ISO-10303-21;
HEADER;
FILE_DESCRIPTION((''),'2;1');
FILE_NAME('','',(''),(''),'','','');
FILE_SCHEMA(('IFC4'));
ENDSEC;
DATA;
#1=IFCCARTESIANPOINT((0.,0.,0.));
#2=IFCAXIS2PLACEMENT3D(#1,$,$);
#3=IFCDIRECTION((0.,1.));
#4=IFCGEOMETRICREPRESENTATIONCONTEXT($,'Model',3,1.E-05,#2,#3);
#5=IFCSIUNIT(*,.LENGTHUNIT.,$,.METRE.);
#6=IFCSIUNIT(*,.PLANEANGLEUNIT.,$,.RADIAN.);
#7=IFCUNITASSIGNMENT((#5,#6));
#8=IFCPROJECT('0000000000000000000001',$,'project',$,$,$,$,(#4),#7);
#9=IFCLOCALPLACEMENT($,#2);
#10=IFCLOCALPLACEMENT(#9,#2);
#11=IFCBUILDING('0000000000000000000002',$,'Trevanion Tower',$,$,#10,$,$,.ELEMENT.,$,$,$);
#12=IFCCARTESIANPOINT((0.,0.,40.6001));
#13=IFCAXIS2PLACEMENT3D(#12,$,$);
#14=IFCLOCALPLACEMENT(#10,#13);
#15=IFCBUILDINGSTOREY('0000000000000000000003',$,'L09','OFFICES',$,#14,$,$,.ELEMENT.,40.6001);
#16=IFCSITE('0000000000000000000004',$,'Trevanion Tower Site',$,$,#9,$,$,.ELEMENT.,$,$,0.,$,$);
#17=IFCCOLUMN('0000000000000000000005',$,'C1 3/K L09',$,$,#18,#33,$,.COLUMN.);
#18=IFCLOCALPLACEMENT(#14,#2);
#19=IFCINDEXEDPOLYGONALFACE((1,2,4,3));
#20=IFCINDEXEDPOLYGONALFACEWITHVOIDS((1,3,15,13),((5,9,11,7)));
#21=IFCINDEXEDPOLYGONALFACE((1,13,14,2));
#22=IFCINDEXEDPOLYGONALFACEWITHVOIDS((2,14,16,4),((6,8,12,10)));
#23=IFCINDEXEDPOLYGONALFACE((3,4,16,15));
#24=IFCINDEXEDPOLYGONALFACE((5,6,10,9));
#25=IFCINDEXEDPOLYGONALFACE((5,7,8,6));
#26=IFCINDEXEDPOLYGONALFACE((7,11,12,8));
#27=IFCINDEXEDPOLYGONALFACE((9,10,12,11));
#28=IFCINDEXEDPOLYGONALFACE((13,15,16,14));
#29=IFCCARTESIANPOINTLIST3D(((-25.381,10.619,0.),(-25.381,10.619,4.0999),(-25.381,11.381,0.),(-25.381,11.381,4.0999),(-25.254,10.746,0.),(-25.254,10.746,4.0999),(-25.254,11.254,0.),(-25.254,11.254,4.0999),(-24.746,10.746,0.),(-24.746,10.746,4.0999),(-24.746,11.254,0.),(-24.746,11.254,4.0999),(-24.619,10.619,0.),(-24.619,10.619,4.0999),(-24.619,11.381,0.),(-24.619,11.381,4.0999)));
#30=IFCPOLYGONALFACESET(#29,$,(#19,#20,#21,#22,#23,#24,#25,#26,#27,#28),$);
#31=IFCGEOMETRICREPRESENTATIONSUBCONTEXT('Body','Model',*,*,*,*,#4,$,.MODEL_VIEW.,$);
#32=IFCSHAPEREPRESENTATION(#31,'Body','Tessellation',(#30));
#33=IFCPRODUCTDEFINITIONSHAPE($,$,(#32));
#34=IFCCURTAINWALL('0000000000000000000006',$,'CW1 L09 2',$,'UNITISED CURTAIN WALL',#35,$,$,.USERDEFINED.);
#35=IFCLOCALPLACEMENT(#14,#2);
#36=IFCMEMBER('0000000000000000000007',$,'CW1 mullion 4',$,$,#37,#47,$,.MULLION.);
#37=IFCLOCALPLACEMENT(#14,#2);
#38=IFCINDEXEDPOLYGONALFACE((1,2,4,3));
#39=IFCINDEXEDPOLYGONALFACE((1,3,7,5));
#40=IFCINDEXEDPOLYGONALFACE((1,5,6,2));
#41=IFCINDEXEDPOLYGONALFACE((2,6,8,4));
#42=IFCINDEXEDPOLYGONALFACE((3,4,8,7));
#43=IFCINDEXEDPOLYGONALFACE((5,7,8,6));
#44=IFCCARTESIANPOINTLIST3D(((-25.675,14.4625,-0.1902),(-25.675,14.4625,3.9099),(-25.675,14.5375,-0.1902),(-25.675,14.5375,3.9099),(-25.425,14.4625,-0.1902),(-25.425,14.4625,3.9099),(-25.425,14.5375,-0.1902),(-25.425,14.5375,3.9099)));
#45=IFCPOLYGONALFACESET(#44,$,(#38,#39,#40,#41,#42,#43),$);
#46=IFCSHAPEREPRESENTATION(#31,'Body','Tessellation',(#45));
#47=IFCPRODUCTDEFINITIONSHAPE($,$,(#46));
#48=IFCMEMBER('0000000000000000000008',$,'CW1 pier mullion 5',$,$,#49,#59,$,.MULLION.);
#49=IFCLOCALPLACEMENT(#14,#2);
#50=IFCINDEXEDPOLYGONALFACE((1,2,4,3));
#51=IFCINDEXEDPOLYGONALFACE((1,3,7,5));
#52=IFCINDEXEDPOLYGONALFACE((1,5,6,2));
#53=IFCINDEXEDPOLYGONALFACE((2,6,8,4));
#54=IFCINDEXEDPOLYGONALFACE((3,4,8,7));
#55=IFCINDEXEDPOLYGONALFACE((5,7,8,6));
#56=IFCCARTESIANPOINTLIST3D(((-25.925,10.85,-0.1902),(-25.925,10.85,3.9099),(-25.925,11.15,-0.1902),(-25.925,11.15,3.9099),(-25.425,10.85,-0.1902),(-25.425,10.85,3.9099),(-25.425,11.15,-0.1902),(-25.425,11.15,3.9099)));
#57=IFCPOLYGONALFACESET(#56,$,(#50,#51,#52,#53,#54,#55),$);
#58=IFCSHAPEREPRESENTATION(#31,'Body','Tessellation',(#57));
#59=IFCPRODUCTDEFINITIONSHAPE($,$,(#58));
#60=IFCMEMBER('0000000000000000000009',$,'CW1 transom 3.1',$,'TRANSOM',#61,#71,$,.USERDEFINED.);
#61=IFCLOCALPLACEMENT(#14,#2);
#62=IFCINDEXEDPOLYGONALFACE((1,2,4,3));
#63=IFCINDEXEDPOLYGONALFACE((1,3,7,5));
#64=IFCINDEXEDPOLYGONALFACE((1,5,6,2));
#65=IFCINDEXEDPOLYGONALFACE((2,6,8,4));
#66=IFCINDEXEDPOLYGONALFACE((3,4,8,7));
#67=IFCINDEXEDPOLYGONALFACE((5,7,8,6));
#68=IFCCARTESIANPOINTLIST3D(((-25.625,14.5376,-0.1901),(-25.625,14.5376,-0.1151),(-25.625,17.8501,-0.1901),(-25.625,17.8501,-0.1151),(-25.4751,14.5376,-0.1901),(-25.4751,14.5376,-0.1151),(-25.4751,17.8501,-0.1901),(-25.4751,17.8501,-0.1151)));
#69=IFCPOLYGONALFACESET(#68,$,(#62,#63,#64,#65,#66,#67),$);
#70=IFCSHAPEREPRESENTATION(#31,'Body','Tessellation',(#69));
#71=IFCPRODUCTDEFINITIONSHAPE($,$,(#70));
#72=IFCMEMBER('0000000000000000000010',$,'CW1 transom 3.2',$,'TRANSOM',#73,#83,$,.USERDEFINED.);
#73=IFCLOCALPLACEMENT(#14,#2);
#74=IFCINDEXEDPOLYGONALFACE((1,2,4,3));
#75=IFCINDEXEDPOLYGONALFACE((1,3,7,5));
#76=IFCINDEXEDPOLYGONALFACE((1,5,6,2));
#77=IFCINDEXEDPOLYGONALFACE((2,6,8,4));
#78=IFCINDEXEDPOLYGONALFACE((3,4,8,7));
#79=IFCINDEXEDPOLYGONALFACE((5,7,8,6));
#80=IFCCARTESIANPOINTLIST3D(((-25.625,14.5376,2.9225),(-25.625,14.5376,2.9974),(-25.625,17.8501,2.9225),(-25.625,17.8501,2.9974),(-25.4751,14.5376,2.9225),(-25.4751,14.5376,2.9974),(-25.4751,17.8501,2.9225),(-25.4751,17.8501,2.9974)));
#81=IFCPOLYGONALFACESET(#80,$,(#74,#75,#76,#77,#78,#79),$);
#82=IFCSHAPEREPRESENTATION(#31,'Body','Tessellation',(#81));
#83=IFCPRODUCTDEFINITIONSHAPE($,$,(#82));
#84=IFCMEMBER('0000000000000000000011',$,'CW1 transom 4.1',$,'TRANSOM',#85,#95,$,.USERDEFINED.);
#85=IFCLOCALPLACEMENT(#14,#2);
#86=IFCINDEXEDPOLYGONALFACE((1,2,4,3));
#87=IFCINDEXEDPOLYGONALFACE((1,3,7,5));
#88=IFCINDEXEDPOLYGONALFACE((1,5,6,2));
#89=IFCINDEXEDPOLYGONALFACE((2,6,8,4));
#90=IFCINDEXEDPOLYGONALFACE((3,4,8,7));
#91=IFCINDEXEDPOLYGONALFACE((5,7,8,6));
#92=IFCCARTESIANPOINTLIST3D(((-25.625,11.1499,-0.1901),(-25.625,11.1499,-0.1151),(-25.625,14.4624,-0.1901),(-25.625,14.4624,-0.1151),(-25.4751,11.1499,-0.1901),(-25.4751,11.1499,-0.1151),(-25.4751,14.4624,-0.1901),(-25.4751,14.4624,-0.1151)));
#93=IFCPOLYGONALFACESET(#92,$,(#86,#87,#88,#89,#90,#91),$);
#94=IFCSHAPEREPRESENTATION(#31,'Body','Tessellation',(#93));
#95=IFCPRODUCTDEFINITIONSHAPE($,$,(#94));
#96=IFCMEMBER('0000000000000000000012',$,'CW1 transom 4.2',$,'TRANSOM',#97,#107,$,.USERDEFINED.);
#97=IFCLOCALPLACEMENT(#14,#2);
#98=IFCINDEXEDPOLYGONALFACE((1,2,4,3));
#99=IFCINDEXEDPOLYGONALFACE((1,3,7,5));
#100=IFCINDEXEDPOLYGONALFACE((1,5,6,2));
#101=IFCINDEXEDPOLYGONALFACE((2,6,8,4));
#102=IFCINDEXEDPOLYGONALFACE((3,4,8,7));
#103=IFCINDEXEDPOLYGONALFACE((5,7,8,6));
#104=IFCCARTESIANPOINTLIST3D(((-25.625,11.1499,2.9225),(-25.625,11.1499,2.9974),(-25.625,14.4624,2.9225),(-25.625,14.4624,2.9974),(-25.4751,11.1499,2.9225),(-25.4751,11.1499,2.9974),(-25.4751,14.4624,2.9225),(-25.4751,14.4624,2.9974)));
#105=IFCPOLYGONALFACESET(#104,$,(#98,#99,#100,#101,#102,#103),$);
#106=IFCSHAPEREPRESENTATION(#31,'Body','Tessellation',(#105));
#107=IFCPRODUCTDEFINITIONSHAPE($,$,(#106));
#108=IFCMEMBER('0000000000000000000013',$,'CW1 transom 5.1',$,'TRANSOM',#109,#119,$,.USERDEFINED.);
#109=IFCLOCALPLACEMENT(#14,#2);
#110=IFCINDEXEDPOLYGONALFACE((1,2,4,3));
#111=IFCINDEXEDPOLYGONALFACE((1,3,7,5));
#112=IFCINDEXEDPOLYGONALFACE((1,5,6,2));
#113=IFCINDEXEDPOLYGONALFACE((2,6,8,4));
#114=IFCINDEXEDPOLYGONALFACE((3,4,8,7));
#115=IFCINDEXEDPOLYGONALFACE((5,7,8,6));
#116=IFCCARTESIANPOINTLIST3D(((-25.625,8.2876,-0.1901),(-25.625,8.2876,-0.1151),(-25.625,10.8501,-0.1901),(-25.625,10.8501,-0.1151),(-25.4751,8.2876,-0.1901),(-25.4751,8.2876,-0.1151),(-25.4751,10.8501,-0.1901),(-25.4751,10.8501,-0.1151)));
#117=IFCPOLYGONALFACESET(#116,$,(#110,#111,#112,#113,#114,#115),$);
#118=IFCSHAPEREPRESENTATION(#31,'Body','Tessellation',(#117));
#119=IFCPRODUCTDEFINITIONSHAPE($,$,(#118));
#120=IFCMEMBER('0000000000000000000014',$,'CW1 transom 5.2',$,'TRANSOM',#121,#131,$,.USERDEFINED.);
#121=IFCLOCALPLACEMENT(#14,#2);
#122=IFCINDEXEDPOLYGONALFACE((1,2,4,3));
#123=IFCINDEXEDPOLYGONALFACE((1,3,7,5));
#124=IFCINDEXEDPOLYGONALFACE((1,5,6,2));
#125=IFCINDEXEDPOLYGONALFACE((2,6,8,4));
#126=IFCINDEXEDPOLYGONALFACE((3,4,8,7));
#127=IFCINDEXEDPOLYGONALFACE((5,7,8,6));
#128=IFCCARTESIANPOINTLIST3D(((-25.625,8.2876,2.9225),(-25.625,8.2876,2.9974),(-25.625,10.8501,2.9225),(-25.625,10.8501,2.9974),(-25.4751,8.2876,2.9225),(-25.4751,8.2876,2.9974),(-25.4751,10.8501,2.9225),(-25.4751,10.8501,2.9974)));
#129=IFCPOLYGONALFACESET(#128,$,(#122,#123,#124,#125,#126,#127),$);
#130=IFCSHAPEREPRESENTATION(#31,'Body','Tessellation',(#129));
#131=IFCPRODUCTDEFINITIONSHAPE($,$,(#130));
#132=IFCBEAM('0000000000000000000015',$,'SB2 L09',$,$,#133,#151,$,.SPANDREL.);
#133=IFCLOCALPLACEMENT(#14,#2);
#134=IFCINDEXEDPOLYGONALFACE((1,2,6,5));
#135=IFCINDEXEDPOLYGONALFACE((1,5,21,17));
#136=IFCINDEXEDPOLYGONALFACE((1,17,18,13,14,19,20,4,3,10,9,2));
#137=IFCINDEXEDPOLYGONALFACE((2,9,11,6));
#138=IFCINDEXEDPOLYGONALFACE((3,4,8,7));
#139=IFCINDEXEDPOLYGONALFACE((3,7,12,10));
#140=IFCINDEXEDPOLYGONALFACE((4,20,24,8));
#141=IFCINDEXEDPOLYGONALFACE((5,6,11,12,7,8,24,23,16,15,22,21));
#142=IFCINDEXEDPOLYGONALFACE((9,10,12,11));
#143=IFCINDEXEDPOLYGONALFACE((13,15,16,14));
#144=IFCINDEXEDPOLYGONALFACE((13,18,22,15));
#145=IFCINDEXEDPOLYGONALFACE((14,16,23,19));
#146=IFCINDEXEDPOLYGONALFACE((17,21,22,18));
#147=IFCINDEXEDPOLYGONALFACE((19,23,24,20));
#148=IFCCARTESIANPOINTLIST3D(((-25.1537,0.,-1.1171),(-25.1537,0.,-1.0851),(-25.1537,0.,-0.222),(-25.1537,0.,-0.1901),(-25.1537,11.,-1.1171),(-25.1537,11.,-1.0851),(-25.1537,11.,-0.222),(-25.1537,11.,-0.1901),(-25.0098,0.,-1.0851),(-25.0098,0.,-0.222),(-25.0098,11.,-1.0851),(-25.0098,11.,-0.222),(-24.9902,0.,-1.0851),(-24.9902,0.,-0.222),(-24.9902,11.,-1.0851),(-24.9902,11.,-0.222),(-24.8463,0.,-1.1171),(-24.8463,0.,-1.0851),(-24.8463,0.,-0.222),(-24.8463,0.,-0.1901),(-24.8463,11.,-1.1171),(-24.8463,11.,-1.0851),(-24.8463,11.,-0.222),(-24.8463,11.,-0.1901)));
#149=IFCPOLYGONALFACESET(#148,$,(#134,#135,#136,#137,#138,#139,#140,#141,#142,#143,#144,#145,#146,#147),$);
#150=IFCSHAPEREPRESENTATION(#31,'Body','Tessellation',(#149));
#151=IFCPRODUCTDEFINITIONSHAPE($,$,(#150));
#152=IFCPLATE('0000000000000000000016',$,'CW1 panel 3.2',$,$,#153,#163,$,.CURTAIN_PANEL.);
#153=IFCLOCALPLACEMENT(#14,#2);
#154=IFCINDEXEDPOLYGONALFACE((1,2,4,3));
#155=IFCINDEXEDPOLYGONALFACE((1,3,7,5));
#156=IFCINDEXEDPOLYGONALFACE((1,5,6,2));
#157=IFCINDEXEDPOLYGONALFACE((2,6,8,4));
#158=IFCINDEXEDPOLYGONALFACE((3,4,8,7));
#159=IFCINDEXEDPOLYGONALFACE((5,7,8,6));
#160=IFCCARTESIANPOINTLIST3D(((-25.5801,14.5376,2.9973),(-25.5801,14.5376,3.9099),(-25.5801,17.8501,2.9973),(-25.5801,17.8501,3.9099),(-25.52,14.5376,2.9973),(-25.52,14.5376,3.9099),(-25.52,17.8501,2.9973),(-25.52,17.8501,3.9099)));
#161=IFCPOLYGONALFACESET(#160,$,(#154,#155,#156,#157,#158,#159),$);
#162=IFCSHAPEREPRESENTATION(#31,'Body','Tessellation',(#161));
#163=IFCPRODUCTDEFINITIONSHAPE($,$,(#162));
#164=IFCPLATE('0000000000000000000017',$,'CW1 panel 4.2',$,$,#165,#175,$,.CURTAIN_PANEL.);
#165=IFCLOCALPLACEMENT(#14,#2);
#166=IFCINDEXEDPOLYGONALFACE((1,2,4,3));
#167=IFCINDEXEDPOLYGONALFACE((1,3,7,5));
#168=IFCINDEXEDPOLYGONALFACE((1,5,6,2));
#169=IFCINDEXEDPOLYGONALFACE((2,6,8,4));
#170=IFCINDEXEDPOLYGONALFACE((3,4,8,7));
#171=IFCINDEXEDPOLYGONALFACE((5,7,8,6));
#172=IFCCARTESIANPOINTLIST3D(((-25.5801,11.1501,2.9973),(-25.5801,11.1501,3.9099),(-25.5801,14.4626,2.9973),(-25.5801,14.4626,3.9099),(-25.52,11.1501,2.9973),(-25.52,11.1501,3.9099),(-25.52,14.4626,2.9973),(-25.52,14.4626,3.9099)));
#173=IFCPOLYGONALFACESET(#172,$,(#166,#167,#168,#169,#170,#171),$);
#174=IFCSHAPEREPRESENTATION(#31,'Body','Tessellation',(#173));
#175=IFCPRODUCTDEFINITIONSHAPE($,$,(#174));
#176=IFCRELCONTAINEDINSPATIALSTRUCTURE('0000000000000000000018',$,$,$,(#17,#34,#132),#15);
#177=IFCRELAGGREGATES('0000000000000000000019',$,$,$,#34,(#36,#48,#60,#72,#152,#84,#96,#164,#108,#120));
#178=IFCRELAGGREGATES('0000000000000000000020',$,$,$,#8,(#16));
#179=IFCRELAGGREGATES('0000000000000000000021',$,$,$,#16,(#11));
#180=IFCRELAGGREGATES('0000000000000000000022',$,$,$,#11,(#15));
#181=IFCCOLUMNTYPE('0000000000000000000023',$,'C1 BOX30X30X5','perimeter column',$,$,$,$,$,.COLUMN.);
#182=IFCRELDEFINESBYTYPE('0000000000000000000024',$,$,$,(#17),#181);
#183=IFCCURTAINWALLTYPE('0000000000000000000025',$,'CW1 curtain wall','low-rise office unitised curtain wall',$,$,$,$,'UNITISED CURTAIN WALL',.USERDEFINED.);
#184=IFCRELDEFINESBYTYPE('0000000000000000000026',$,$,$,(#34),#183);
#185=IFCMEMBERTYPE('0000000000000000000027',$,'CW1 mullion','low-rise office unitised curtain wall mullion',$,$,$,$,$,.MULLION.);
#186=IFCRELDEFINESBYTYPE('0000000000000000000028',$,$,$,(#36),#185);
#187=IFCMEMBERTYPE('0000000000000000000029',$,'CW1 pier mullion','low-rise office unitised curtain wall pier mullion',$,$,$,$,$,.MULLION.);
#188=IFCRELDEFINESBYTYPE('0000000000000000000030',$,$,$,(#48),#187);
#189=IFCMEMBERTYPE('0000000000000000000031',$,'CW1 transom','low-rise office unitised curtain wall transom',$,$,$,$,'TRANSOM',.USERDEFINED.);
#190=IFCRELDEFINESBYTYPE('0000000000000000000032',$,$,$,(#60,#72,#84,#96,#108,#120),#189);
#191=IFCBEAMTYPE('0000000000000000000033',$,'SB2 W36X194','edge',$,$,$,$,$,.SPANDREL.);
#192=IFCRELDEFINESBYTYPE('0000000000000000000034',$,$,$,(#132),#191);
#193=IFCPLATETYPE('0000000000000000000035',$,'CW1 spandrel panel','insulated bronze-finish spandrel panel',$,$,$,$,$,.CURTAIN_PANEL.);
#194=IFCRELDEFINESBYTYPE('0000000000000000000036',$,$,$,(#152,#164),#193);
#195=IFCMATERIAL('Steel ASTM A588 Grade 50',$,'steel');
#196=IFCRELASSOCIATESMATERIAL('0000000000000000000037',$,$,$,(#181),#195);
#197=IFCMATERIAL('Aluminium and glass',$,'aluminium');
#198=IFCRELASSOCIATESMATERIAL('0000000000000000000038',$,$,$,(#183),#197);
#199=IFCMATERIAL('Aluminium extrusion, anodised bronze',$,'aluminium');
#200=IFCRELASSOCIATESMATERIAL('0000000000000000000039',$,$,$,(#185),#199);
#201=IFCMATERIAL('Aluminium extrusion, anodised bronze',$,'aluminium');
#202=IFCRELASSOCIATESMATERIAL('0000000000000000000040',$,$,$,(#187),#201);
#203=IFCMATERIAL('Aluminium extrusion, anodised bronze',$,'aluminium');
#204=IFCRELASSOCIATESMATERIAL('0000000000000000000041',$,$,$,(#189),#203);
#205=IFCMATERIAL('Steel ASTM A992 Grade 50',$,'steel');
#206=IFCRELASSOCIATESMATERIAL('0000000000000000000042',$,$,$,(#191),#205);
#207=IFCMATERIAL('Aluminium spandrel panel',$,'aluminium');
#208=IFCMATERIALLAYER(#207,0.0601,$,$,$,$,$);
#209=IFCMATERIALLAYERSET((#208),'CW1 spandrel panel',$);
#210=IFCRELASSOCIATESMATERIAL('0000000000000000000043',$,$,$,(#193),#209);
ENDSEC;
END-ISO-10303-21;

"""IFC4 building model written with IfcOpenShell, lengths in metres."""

from ifc_helpers import new_model, si_unit, direction, frame, origin, origin_2d, place, context, subcontext, project, spatial, rectangle, hollow_rectangle, i_section, extrude, material, layer, layer_set, material_profile, profile_set, type_object, element, aggregate, save


model = new_model("IFC4")

# Units and contexts
model_context = context("Model", 3, precision=1e-05, world=origin(), true_north=direction((0.0, 1.0)))
body_context = subcontext(model_context, "Body", "Model", "MODEL_VIEW")
ifc_project = project(units=[si_unit("LENGTHUNIT", "METRE"), si_unit("PLANEANGLEUNIT", "RADIAN")], contexts=[model_context])

# Site, building, storey
site_placement = place(None, origin())
site = spatial("IfcSite", under=ifc_project, at=site_placement, Name="Trevanion Tower Site", CompositionType="ELEMENT", RefElevation=0.0)
building_placement = place(site_placement, origin())
building = spatial("IfcBuilding", under=site, at=building_placement, Name="Trevanion Tower", CompositionType="ELEMENT")
storey_placement = place(building_placement, frame((0.0, 0.0, 40.6001)))
storey = spatial("IfcBuildingStorey", under=building, at=storey_placement, Name="L09", Description="OFFICES", CompositionType="ELEMENT", Elevation=40.6001)

# Column
ifc_material_1 = material(Name="Steel ASTM A588 Grade 50", Category="steel")
ifc_material_profile_1 = material_profile(ifc_material_1, hollow_rectangle(XDim=0.762, YDim=0.762, WallThickness=0.127, at=origin_2d()), Name="BOX30X30X5")
ifc_profile_set_1 = profile_set([ifc_material_profile_1], Name="Steel ASTM A588 Grade 50")
column_type = type_object("IfcColumnType", Name="C1 BOX30X30X5", Description="perimeter column", PredefinedType="COLUMN", material=ifc_profile_set_1)
column_placement = place(storey_placement, frame((-25.0, 11.0, 0.0), z_axis=(0.0, 0.0, 1.0), x_axis=(0.0, 1.0, 0.0)))
element("IfcColumn", 1, at=column_placement, inside=storey, type_object=column_type, Name="C1 3/K L09", PredefinedType="COLUMN", context=body_context, shape_type="SweptSolid", body=[
    extrude(hollow_rectangle(XDim=0.762, YDim=0.762, WallThickness=0.127, at=origin_2d()), origin(), (0.0, 0.0, 1.0), 4.0999),
])

# Curtain wall, members
ifc_material_2 = material(Name="Aluminium and glass", Category="aluminium")
curtain_wall_type = type_object("IfcCurtainWallType", Name="CW1 curtain wall", Description="low-rise office unitised curtain wall", ElementType="UNITISED CURTAIN WALL", PredefinedType="USERDEFINED", material=ifc_material_2)
curtain_wall_placement = place(storey_placement, origin())
curtain_wall = element("IfcCurtainWall", 2, at=curtain_wall_placement, inside=storey, type_object=curtain_wall_type, Name="CW1 L09 2", ObjectType="UNITISED CURTAIN WALL", PredefinedType="USERDEFINED")
ifc_material_3 = material(Name="Aluminium extrusion, anodised bronze", Category="aluminium")
ifc_material_profile_2 = material_profile(ifc_material_3, rectangle(XDim=0.075, YDim=0.25, at=origin_2d()), Name="CW1 mullion")
ifc_profile_set_2 = profile_set([ifc_material_profile_2], Name="Aluminium extrusion, anodised bronze")
member_type_1 = type_object("IfcMemberType", Name="CW1 mullion", Description="low-rise office unitised curtain wall mullion", PredefinedType="MULLION", material=ifc_profile_set_2)
member_1_placement = place(storey_placement, frame((-25.55, 14.5, -0.1902), z_axis=(0.0, 0.0, 1.0), x_axis=(0.0, -1.0, 0.0)))
member_1 = element("IfcMember", 3, at=member_1_placement, type_object=member_type_1, Name="CW1 mullion 4", PredefinedType="MULLION", context=body_context, shape_type="SweptSolid", body=[
    extrude(rectangle(XDim=0.075, YDim=0.25, at=origin_2d()), origin(), (0.0, 0.0, 1.0), 4.1001),
])
ifc_material_4 = material(Name="Aluminium extrusion, anodised bronze", Category="aluminium")
ifc_material_profile_3 = material_profile(ifc_material_4, rectangle(XDim=0.3, YDim=0.5, at=origin_2d()), Name="CW1 pier mullion")
ifc_profile_set_3 = profile_set([ifc_material_profile_3], Name="Aluminium extrusion, anodised bronze")
member_type_2 = type_object("IfcMemberType", Name="CW1 pier mullion", Description="low-rise office unitised curtain wall pier mullion", PredefinedType="MULLION", material=ifc_profile_set_3)
member_2_placement = place(storey_placement, frame((-25.675, 11.0, -0.1902), z_axis=(0.0, 0.0, 1.0), x_axis=(0.0, -1.0, 0.0)))
member_2 = element("IfcMember", 4, at=member_2_placement, type_object=member_type_2, Name="CW1 pier mullion 5", PredefinedType="MULLION", context=body_context, shape_type="SweptSolid", body=[
    extrude(rectangle(XDim=0.3, YDim=0.5, at=origin_2d()), origin(), (0.0, 0.0, 1.0), 4.1001),
])
ifc_material_5 = material(Name="Aluminium extrusion, anodised bronze", Category="aluminium")
ifc_material_profile_4 = material_profile(ifc_material_5, rectangle(XDim=0.1499, YDim=0.075, at=origin_2d()), Name="CW1 transom")
ifc_profile_set_4 = profile_set([ifc_material_profile_4], Name="Aluminium extrusion, anodised bronze")
member_type_3 = type_object("IfcMemberType", Name="CW1 transom", Description="low-rise office unitised curtain wall transom", ElementType="TRANSOM", PredefinedType="USERDEFINED", material=ifc_profile_set_4)
member_3_placement = place(storey_placement, frame((-25.55, 17.8501, -0.1526), z_axis=(0.0, -1.0, 0.0), x_axis=(1.0, 0.0, 0.0)))
member_3 = element("IfcMember", 5, at=member_3_placement, type_object=member_type_3, Name="CW1 transom 3.1", ObjectType="TRANSOM", PredefinedType="USERDEFINED", context=body_context, shape_type="SweptSolid", body=[
    extrude(rectangle(XDim=0.1499, YDim=0.075, at=origin_2d()), origin(), (0.0, 0.0, 1.0), 3.3125),
])
member_4_placement = place(storey_placement, frame((-25.55, 17.8501, 2.96), z_axis=(0.0, -1.0, 0.0), x_axis=(1.0, 0.0, 0.0)))
member_4 = element("IfcMember", 6, at=member_4_placement, type_object=member_type_3, Name="CW1 transom 3.2", ObjectType="TRANSOM", PredefinedType="USERDEFINED", context=body_context, shape_type="SweptSolid", body=[
    extrude(rectangle(XDim=0.1499, YDim=0.075, at=origin_2d()), origin(), (0.0, 0.0, 1.0), 3.3125),
])
member_5_placement = place(storey_placement, frame((-25.55, 14.4624, -0.1526), z_axis=(0.0, -1.0, 0.0), x_axis=(1.0, 0.0, 0.0)))
member_5 = element("IfcMember", 7, at=member_5_placement, type_object=member_type_3, Name="CW1 transom 4.1", ObjectType="TRANSOM", PredefinedType="USERDEFINED", context=body_context, shape_type="SweptSolid", body=[
    extrude(rectangle(XDim=0.1499, YDim=0.075, at=origin_2d()), origin(), (0.0, 0.0, 1.0), 3.3125),
])
member_6_placement = place(storey_placement, frame((-25.55, 14.4624, 2.96), z_axis=(0.0, -1.0, 0.0), x_axis=(1.0, 0.0, 0.0)))
member_6 = element("IfcMember", 8, at=member_6_placement, type_object=member_type_3, Name="CW1 transom 4.2", ObjectType="TRANSOM", PredefinedType="USERDEFINED", context=body_context, shape_type="SweptSolid", body=[
    extrude(rectangle(XDim=0.1499, YDim=0.075, at=origin_2d()), origin(), (0.0, 0.0, 1.0), 3.3125),
])
member_7_placement = place(storey_placement, frame((-25.55, 10.8501, -0.1526), z_axis=(0.0, -1.0, 0.0), x_axis=(1.0, 0.0, 0.0)))
member_7 = element("IfcMember", 9, at=member_7_placement, type_object=member_type_3, Name="CW1 transom 5.1", ObjectType="TRANSOM", PredefinedType="USERDEFINED", context=body_context, shape_type="SweptSolid", body=[
    extrude(rectangle(XDim=0.1499, YDim=0.075, at=origin_2d()), origin(), (0.0, 0.0, 1.0), 2.5625),
])
member_8_placement = place(storey_placement, frame((-25.55, 10.8501, 2.96), z_axis=(0.0, -1.0, 0.0), x_axis=(1.0, 0.0, 0.0)))
member_8 = element("IfcMember", 10, at=member_8_placement, type_object=member_type_3, Name="CW1 transom 5.2", ObjectType="TRANSOM", PredefinedType="USERDEFINED", context=body_context, shape_type="SweptSolid", body=[
    extrude(rectangle(XDim=0.1499, YDim=0.075, at=origin_2d()), origin(), (0.0, 0.0, 1.0), 2.5625),
])

# Beam
ifc_material_6 = material(Name="Steel ASTM A992 Grade 50", Category="steel")
ifc_material_profile_5 = material_profile(ifc_material_6, i_section(OverallWidth=0.3074, OverallDepth=0.927, WebThickness=0.0195, FlangeThickness=0.032, at=origin_2d()), Name="W36X194")
ifc_profile_set_5 = profile_set([ifc_material_profile_5], Name="Steel ASTM A992 Grade 50")
beam_type = type_object("IfcBeamType", Name="SB2 W36X194", Description="edge", PredefinedType="SPANDREL", material=ifc_profile_set_5)
beam_placement = place(storey_placement, frame((-25.0, 11.0, -0.6536), z_axis=(0.0, -1.0, 0.0), x_axis=(1.0, 0.0, 0.0)))
element("IfcBeam", 11, at=beam_placement, inside=storey, type_object=beam_type, Name="SB2 L09", PredefinedType="SPANDREL", context=body_context, shape_type="SweptSolid", body=[
    extrude(i_section(OverallWidth=0.3074, OverallDepth=0.927, WebThickness=0.0195, FlangeThickness=0.032, at=origin_2d()), origin(), (0.0, 0.0, 1.0), 11.0),
])

# Plates
ifc_material_7 = material(Name="Aluminium spandrel panel", Category="aluminium")
ifc_layer_1 = layer(ifc_material_7, 0.0601)
ifc_layer_set_1 = layer_set([ifc_layer_1], Name="CW1 spandrel panel")
plate_type_1 = type_object("IfcPlateType", Name="CW1 spandrel panel", Description="insulated bronze-finish spandrel panel", PredefinedType="CURTAIN_PANEL", material=ifc_layer_set_1)
plate_1_placement = place(storey_placement, frame((-25.55, 16.1938, 2.9973), z_axis=(0.0, 0.0, 1.0), x_axis=(0.0, -1.0, 0.0)))
plate_1 = element("IfcPlate", 12, at=plate_1_placement, type_object=plate_type_1, Name="CW1 panel 3.2", PredefinedType="CURTAIN_PANEL", context=body_context, shape_type="SweptSolid", body=[
    extrude(rectangle(XDim=3.3125, YDim=0.0601, at=origin_2d()), origin(), (0.0, 0.0, 1.0), 0.9126),
])
plate_2_placement = place(storey_placement, frame((-25.55, 12.8064, 2.9973), z_axis=(0.0, 0.0, 1.0), x_axis=(0.0, -1.0, 0.0)))
plate_2 = element("IfcPlate", 13, at=plate_2_placement, type_object=plate_type_1, Name="CW1 panel 4.2", PredefinedType="CURTAIN_PANEL", context=body_context, shape_type="SweptSolid", body=[
    extrude(rectangle(XDim=3.3125, YDim=0.0601, at=origin_2d()), origin(), (0.0, 0.0, 1.0), 0.9126),
])
aggregate(curtain_wall, [member_1, member_2, member_3, member_4, plate_1, member_5, member_6, plate_2, member_7, member_8])

save(model, "model.ifc")
